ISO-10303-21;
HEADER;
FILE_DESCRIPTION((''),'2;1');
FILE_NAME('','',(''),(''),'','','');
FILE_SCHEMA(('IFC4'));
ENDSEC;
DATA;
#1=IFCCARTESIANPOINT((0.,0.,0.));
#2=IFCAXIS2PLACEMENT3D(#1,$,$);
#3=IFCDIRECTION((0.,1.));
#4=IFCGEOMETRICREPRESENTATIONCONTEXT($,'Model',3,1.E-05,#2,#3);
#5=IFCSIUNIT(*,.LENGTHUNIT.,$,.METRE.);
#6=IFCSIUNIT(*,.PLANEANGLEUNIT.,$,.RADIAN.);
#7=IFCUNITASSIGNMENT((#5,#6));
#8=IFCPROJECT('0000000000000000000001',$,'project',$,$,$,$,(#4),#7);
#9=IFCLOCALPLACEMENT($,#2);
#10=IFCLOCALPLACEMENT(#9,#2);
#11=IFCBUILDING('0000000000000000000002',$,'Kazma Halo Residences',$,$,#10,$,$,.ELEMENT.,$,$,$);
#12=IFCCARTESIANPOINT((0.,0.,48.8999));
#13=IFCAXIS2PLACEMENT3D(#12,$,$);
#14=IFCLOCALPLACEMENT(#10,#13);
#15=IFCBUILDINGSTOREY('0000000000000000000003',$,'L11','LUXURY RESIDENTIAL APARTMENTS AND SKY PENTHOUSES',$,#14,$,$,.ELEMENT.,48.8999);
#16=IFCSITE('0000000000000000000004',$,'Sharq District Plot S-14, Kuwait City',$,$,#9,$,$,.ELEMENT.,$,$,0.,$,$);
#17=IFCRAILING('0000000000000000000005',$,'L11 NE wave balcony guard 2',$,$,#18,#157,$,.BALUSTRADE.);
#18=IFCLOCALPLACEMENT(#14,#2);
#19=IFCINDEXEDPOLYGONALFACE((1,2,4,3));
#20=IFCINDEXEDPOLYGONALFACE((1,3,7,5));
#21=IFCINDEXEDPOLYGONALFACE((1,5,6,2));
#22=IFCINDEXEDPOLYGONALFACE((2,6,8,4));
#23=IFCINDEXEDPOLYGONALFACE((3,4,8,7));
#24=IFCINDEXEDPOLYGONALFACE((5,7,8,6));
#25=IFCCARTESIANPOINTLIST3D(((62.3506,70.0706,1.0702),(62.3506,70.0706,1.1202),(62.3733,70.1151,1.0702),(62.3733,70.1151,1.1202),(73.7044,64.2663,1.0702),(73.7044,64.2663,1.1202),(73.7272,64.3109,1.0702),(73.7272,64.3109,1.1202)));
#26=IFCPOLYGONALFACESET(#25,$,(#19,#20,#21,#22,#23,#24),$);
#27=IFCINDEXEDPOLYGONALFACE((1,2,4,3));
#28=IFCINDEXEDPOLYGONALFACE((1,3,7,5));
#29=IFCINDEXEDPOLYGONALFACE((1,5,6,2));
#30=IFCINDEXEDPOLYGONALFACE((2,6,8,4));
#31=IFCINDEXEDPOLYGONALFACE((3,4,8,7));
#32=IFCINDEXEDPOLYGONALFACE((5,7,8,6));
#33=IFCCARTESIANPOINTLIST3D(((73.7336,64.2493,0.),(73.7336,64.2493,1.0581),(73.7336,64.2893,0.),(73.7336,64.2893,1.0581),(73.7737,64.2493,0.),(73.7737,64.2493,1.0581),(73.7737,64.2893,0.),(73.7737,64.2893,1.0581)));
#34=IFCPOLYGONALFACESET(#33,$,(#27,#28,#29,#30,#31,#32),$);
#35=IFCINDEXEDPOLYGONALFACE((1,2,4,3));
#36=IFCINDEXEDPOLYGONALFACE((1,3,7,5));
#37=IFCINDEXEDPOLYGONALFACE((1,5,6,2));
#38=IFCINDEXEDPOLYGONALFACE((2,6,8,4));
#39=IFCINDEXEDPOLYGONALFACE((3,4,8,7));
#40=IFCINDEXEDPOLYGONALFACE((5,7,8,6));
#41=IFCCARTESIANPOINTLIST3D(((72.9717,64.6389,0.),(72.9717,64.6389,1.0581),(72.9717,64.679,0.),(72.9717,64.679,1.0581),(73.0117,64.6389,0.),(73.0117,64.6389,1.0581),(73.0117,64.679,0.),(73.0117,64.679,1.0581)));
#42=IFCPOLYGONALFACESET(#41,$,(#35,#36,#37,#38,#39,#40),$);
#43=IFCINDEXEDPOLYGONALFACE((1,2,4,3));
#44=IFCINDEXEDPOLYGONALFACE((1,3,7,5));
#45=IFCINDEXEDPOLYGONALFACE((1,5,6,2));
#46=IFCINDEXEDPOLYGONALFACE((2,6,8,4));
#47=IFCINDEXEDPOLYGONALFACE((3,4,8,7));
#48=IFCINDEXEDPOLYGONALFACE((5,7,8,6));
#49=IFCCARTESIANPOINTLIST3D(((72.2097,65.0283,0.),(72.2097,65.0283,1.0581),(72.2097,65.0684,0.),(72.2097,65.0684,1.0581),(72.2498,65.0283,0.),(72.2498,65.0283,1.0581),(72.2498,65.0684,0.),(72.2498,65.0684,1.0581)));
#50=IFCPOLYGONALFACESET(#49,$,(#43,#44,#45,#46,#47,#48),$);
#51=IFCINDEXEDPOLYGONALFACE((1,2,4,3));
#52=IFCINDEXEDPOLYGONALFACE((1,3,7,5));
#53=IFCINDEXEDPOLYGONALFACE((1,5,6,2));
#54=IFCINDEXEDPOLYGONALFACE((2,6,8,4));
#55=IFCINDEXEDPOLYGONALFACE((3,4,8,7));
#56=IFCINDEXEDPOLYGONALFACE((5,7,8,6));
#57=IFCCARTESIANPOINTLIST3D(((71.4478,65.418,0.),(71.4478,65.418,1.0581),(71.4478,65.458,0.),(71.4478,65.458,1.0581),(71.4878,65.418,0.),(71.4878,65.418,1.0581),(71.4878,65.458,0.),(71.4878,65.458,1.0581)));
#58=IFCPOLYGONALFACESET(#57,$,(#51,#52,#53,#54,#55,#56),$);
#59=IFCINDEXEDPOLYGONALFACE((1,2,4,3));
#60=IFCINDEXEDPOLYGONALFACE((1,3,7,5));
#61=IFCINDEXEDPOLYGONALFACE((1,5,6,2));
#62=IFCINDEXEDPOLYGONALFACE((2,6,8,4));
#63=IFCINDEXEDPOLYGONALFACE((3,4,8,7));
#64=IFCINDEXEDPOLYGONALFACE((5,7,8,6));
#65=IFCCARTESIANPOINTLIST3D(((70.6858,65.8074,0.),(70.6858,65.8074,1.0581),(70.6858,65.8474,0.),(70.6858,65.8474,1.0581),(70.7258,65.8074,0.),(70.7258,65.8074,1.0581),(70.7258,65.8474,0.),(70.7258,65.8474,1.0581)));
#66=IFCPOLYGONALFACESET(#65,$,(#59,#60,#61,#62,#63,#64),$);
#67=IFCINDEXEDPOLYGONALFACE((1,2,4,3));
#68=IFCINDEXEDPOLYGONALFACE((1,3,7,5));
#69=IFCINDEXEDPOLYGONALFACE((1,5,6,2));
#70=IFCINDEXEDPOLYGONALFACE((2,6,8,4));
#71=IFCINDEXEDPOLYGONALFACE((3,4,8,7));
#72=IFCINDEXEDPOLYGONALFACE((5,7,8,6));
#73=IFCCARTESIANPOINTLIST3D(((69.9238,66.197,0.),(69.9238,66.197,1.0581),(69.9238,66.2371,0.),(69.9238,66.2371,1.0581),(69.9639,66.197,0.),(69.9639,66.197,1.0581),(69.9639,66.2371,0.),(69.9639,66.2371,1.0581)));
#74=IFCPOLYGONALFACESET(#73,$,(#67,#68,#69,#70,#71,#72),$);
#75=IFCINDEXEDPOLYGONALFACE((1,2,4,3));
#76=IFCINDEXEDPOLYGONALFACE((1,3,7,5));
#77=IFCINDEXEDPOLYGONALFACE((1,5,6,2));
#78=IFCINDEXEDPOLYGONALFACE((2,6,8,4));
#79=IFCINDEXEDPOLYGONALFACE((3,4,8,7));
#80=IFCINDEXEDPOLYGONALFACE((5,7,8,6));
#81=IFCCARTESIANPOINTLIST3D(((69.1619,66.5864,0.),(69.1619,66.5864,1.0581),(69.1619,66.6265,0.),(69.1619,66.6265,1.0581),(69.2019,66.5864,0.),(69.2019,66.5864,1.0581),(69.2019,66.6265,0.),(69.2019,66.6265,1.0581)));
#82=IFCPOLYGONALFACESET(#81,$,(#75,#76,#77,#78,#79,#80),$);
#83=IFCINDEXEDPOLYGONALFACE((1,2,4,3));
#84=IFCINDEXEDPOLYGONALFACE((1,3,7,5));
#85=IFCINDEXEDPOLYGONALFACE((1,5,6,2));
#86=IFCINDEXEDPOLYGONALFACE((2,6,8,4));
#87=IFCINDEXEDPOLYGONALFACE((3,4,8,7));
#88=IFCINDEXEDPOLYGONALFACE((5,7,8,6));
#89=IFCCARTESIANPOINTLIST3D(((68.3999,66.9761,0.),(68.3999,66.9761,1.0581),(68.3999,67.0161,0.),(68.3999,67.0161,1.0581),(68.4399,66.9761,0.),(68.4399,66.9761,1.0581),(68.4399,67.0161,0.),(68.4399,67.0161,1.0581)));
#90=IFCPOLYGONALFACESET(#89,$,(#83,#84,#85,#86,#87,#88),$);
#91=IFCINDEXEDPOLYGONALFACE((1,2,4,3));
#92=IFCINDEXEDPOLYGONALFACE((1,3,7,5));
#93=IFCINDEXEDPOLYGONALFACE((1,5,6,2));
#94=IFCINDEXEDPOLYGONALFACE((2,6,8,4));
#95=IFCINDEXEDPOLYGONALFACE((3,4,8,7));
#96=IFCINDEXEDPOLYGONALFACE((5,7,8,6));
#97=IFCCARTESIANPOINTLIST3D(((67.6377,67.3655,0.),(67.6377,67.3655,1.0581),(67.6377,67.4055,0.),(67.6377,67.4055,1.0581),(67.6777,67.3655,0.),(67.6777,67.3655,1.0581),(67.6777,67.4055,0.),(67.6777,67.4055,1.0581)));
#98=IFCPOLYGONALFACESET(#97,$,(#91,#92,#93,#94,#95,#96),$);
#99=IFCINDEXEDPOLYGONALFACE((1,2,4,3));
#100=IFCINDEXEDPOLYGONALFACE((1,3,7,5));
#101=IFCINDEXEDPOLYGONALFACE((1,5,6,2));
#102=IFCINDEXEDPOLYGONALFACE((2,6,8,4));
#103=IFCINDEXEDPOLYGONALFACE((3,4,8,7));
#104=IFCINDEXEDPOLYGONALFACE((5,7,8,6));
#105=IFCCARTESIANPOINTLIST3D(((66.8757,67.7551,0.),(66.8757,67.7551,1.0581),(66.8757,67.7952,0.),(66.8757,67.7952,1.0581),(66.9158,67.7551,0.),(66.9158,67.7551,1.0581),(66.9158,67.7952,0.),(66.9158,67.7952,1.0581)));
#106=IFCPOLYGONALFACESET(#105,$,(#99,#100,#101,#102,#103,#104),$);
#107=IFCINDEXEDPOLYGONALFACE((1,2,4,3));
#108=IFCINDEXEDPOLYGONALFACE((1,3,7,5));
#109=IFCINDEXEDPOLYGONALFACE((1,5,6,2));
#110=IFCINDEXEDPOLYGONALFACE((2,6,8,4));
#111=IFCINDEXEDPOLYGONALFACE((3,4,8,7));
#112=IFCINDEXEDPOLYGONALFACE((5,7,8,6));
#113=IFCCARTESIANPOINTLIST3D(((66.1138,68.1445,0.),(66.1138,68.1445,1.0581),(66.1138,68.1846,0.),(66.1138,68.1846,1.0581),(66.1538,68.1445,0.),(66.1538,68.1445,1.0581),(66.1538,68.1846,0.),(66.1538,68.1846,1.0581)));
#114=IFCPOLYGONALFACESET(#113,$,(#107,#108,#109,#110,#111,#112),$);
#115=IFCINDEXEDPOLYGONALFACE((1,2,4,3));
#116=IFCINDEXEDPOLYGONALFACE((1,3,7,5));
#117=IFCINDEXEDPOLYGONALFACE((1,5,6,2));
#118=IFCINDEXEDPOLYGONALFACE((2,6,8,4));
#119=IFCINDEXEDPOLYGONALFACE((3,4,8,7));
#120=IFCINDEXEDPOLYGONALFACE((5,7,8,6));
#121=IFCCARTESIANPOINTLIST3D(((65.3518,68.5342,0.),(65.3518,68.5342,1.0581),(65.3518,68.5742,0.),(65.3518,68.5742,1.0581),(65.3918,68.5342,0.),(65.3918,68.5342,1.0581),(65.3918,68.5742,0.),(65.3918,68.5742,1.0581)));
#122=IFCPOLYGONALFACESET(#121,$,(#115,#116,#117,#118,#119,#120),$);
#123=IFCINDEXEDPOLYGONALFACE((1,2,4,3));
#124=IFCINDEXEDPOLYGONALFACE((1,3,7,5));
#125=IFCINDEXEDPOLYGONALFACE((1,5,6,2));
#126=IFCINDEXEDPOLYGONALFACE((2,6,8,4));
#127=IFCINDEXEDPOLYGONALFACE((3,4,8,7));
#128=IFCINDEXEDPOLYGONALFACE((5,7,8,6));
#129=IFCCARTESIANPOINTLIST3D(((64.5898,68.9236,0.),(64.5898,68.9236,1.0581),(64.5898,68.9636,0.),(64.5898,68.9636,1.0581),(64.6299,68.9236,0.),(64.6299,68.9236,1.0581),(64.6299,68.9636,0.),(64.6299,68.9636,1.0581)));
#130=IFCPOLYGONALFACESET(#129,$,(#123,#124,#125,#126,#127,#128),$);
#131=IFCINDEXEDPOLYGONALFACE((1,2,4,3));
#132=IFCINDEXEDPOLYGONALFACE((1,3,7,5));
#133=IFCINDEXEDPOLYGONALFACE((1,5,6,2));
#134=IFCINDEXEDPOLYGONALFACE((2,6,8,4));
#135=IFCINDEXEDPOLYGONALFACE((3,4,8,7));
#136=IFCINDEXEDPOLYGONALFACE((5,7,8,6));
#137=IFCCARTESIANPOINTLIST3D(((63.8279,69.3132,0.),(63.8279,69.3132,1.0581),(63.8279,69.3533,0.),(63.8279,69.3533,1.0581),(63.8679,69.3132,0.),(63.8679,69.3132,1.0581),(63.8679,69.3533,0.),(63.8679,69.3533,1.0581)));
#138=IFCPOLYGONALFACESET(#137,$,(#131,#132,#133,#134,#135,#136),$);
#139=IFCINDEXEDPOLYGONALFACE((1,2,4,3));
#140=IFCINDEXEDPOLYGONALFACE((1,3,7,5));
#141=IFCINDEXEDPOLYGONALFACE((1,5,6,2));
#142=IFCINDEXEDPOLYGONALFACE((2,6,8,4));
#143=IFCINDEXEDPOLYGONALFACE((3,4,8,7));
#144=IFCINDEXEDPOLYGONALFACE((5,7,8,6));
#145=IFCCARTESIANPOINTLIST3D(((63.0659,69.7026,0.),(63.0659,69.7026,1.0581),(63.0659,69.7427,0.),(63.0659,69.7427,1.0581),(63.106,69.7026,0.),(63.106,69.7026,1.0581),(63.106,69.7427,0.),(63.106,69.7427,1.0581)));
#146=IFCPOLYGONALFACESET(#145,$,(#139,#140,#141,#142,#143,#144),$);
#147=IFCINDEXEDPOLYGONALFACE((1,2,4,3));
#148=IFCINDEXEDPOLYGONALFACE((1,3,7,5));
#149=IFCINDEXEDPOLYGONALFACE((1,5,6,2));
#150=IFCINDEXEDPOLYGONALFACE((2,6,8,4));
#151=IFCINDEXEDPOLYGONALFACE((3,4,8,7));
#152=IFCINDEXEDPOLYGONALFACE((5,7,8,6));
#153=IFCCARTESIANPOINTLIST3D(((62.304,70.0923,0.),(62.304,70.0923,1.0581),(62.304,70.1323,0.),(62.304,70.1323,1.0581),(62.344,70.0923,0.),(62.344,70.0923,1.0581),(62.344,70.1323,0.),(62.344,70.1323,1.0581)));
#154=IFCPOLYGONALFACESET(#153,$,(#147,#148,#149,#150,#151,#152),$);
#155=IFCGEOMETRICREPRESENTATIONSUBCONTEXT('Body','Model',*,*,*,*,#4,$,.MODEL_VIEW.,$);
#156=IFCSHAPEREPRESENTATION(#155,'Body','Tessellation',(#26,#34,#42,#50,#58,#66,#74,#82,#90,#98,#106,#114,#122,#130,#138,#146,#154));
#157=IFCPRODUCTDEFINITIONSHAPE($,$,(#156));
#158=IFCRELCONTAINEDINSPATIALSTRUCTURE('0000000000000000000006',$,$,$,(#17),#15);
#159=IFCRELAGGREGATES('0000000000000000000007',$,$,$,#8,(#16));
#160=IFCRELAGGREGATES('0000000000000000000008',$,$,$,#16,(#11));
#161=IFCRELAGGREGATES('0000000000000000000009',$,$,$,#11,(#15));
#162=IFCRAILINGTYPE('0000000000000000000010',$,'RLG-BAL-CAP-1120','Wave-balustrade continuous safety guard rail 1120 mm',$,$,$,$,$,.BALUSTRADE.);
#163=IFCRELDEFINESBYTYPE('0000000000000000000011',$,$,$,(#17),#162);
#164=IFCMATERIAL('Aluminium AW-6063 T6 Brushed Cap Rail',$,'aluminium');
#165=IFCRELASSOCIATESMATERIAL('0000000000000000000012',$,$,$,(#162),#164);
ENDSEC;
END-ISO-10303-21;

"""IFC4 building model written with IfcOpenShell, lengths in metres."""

from ifc_helpers import new_model, si_unit, direction, frame, origin, origin_2d, place, context, subcontext, project, spatial, rectangle, extrude, material, type_object, element, save


model = new_model("IFC4")

# Units and contexts
model_context = context("Model", 3, precision=1e-05, world=origin(), true_north=direction((0.0, 1.0)))
body_context = subcontext(model_context, "Body", "Model", "MODEL_VIEW")
ifc_project = project(units=[si_unit("LENGTHUNIT", "METRE"), si_unit("PLANEANGLEUNIT", "RADIAN")], contexts=[model_context])

# Site, building, storey
site_placement = place(None, origin())
site = spatial("IfcSite", under=ifc_project, at=site_placement, Name="Sharq District Plot S-14, Kuwait City", CompositionType="ELEMENT", RefElevation=0.0)
building_placement = place(site_placement, origin())
building = spatial("IfcBuilding", under=site, at=building_placement, Name="Kazma Halo Residences", CompositionType="ELEMENT")
storey_placement = place(building_placement, frame((0.0, 0.0, 48.8999)))
storey = spatial("IfcBuildingStorey", under=building, at=storey_placement, Name="L11", Description="LUXURY RESIDENTIAL APARTMENTS AND SKY PENTHOUSES", CompositionType="ELEMENT", Elevation=48.8999)

# Railing
ifc_material_1 = material(Name="Aluminium AW-6063 T6 Brushed Cap Rail", Category="aluminium")
railing_type = type_object("IfcRailingType", Name="RLG-BAL-CAP-1120", Description="Wave-balustrade continuous safety guard rail 1120 mm", PredefinedType="BALUSTRADE", material=ifc_material_1)
railing_1_placement = place(storey_placement, frame((73.7537, 64.2693, 0.0)))
element("IfcRailing", 1, at=railing_1_placement, inside=storey, type_object=railing_type, Name="L11 NE wave balcony guard 2", PredefinedType="BALUSTRADE", context=body_context, shape_type="SweptSolid", body=[
    extrude(rectangle(XDim=0.05, YDim=0.05, at=origin_2d()), frame((-0.0378, 0.0193, 1.0952), z_axis=(-0.890398, 0.455184, 0.0), x_axis=(-0.455184, -0.890398, 0.0)), (0.0, 0.0, 1.0), 12.7515),
    extrude(rectangle(XDim=0.04, YDim=0.04, at=origin_2d()), origin(), (0.0, 0.0, 1.0), 1.0581),
    extrude(rectangle(XDim=0.04, YDim=0.04, at=origin_2d()), frame((-0.762, 0.3896, 0.0)), (0.0, 0.0, 1.0), 1.0581),
    extrude(rectangle(XDim=0.04, YDim=0.04, at=origin_2d()), frame((-1.5239, 0.7791, 0.0)), (0.0, 0.0, 1.0), 1.0581),
    extrude(rectangle(XDim=0.04, YDim=0.04, at=origin_2d()), frame((-2.2859, 1.1687, 0.0)), (0.0, 0.0, 1.0), 1.0581),
    extrude(rectangle(XDim=0.04, YDim=0.04, at=origin_2d()), frame((-3.0479, 1.5581, 0.0)), (0.0, 0.0, 1.0), 1.0581),
    extrude(rectangle(XDim=0.04, YDim=0.04, at=origin_2d()), frame((-3.8098, 1.9478, 0.0)), (0.0, 0.0, 1.0), 1.0581),
    extrude(rectangle(XDim=0.04, YDim=0.04, at=origin_2d()), frame((-4.5718, 2.3372, 0.0)), (0.0, 0.0, 1.0), 1.0581),
    extrude(rectangle(XDim=0.04, YDim=0.04, at=origin_2d()), frame((-5.3337, 2.7268, 0.0)), (0.0, 0.0, 1.0), 1.0581),
    extrude(rectangle(XDim=0.04, YDim=0.04, at=origin_2d()), frame((-6.0959, 3.1162, 0.0)), (0.0, 0.0, 1.0), 1.0581),
    extrude(rectangle(XDim=0.04, YDim=0.04, at=origin_2d()), frame((-6.8579, 3.5059, 0.0)), (0.0, 0.0, 1.0), 1.0581),
    extrude(rectangle(XDim=0.04, YDim=0.04, at=origin_2d()), frame((-7.6199, 3.8953, 0.0)), (0.0, 0.0, 1.0), 1.0581),
    extrude(rectangle(XDim=0.04, YDim=0.04, at=origin_2d()), frame((-8.3818, 4.2849, 0.0)), (0.0, 0.0, 1.0), 1.0581),
    extrude(rectangle(XDim=0.04, YDim=0.04, at=origin_2d()), frame((-9.1438, 4.6743, 0.0)), (0.0, 0.0, 1.0), 1.0581),
    extrude(rectangle(XDim=0.04, YDim=0.04, at=origin_2d()), frame((-9.9058, 5.064, 0.0)), (0.0, 0.0, 1.0), 1.0581),
    extrude(rectangle(XDim=0.04, YDim=0.04, at=origin_2d()), frame((-10.6677, 5.4534, 0.0)), (0.0, 0.0, 1.0), 1.0581),
    extrude(rectangle(XDim=0.04, YDim=0.04, at=origin_2d()), frame((-11.4297, 5.843, 0.0)), (0.0, 0.0, 1.0), 1.0581),
])

save(model, "model.ifc")
